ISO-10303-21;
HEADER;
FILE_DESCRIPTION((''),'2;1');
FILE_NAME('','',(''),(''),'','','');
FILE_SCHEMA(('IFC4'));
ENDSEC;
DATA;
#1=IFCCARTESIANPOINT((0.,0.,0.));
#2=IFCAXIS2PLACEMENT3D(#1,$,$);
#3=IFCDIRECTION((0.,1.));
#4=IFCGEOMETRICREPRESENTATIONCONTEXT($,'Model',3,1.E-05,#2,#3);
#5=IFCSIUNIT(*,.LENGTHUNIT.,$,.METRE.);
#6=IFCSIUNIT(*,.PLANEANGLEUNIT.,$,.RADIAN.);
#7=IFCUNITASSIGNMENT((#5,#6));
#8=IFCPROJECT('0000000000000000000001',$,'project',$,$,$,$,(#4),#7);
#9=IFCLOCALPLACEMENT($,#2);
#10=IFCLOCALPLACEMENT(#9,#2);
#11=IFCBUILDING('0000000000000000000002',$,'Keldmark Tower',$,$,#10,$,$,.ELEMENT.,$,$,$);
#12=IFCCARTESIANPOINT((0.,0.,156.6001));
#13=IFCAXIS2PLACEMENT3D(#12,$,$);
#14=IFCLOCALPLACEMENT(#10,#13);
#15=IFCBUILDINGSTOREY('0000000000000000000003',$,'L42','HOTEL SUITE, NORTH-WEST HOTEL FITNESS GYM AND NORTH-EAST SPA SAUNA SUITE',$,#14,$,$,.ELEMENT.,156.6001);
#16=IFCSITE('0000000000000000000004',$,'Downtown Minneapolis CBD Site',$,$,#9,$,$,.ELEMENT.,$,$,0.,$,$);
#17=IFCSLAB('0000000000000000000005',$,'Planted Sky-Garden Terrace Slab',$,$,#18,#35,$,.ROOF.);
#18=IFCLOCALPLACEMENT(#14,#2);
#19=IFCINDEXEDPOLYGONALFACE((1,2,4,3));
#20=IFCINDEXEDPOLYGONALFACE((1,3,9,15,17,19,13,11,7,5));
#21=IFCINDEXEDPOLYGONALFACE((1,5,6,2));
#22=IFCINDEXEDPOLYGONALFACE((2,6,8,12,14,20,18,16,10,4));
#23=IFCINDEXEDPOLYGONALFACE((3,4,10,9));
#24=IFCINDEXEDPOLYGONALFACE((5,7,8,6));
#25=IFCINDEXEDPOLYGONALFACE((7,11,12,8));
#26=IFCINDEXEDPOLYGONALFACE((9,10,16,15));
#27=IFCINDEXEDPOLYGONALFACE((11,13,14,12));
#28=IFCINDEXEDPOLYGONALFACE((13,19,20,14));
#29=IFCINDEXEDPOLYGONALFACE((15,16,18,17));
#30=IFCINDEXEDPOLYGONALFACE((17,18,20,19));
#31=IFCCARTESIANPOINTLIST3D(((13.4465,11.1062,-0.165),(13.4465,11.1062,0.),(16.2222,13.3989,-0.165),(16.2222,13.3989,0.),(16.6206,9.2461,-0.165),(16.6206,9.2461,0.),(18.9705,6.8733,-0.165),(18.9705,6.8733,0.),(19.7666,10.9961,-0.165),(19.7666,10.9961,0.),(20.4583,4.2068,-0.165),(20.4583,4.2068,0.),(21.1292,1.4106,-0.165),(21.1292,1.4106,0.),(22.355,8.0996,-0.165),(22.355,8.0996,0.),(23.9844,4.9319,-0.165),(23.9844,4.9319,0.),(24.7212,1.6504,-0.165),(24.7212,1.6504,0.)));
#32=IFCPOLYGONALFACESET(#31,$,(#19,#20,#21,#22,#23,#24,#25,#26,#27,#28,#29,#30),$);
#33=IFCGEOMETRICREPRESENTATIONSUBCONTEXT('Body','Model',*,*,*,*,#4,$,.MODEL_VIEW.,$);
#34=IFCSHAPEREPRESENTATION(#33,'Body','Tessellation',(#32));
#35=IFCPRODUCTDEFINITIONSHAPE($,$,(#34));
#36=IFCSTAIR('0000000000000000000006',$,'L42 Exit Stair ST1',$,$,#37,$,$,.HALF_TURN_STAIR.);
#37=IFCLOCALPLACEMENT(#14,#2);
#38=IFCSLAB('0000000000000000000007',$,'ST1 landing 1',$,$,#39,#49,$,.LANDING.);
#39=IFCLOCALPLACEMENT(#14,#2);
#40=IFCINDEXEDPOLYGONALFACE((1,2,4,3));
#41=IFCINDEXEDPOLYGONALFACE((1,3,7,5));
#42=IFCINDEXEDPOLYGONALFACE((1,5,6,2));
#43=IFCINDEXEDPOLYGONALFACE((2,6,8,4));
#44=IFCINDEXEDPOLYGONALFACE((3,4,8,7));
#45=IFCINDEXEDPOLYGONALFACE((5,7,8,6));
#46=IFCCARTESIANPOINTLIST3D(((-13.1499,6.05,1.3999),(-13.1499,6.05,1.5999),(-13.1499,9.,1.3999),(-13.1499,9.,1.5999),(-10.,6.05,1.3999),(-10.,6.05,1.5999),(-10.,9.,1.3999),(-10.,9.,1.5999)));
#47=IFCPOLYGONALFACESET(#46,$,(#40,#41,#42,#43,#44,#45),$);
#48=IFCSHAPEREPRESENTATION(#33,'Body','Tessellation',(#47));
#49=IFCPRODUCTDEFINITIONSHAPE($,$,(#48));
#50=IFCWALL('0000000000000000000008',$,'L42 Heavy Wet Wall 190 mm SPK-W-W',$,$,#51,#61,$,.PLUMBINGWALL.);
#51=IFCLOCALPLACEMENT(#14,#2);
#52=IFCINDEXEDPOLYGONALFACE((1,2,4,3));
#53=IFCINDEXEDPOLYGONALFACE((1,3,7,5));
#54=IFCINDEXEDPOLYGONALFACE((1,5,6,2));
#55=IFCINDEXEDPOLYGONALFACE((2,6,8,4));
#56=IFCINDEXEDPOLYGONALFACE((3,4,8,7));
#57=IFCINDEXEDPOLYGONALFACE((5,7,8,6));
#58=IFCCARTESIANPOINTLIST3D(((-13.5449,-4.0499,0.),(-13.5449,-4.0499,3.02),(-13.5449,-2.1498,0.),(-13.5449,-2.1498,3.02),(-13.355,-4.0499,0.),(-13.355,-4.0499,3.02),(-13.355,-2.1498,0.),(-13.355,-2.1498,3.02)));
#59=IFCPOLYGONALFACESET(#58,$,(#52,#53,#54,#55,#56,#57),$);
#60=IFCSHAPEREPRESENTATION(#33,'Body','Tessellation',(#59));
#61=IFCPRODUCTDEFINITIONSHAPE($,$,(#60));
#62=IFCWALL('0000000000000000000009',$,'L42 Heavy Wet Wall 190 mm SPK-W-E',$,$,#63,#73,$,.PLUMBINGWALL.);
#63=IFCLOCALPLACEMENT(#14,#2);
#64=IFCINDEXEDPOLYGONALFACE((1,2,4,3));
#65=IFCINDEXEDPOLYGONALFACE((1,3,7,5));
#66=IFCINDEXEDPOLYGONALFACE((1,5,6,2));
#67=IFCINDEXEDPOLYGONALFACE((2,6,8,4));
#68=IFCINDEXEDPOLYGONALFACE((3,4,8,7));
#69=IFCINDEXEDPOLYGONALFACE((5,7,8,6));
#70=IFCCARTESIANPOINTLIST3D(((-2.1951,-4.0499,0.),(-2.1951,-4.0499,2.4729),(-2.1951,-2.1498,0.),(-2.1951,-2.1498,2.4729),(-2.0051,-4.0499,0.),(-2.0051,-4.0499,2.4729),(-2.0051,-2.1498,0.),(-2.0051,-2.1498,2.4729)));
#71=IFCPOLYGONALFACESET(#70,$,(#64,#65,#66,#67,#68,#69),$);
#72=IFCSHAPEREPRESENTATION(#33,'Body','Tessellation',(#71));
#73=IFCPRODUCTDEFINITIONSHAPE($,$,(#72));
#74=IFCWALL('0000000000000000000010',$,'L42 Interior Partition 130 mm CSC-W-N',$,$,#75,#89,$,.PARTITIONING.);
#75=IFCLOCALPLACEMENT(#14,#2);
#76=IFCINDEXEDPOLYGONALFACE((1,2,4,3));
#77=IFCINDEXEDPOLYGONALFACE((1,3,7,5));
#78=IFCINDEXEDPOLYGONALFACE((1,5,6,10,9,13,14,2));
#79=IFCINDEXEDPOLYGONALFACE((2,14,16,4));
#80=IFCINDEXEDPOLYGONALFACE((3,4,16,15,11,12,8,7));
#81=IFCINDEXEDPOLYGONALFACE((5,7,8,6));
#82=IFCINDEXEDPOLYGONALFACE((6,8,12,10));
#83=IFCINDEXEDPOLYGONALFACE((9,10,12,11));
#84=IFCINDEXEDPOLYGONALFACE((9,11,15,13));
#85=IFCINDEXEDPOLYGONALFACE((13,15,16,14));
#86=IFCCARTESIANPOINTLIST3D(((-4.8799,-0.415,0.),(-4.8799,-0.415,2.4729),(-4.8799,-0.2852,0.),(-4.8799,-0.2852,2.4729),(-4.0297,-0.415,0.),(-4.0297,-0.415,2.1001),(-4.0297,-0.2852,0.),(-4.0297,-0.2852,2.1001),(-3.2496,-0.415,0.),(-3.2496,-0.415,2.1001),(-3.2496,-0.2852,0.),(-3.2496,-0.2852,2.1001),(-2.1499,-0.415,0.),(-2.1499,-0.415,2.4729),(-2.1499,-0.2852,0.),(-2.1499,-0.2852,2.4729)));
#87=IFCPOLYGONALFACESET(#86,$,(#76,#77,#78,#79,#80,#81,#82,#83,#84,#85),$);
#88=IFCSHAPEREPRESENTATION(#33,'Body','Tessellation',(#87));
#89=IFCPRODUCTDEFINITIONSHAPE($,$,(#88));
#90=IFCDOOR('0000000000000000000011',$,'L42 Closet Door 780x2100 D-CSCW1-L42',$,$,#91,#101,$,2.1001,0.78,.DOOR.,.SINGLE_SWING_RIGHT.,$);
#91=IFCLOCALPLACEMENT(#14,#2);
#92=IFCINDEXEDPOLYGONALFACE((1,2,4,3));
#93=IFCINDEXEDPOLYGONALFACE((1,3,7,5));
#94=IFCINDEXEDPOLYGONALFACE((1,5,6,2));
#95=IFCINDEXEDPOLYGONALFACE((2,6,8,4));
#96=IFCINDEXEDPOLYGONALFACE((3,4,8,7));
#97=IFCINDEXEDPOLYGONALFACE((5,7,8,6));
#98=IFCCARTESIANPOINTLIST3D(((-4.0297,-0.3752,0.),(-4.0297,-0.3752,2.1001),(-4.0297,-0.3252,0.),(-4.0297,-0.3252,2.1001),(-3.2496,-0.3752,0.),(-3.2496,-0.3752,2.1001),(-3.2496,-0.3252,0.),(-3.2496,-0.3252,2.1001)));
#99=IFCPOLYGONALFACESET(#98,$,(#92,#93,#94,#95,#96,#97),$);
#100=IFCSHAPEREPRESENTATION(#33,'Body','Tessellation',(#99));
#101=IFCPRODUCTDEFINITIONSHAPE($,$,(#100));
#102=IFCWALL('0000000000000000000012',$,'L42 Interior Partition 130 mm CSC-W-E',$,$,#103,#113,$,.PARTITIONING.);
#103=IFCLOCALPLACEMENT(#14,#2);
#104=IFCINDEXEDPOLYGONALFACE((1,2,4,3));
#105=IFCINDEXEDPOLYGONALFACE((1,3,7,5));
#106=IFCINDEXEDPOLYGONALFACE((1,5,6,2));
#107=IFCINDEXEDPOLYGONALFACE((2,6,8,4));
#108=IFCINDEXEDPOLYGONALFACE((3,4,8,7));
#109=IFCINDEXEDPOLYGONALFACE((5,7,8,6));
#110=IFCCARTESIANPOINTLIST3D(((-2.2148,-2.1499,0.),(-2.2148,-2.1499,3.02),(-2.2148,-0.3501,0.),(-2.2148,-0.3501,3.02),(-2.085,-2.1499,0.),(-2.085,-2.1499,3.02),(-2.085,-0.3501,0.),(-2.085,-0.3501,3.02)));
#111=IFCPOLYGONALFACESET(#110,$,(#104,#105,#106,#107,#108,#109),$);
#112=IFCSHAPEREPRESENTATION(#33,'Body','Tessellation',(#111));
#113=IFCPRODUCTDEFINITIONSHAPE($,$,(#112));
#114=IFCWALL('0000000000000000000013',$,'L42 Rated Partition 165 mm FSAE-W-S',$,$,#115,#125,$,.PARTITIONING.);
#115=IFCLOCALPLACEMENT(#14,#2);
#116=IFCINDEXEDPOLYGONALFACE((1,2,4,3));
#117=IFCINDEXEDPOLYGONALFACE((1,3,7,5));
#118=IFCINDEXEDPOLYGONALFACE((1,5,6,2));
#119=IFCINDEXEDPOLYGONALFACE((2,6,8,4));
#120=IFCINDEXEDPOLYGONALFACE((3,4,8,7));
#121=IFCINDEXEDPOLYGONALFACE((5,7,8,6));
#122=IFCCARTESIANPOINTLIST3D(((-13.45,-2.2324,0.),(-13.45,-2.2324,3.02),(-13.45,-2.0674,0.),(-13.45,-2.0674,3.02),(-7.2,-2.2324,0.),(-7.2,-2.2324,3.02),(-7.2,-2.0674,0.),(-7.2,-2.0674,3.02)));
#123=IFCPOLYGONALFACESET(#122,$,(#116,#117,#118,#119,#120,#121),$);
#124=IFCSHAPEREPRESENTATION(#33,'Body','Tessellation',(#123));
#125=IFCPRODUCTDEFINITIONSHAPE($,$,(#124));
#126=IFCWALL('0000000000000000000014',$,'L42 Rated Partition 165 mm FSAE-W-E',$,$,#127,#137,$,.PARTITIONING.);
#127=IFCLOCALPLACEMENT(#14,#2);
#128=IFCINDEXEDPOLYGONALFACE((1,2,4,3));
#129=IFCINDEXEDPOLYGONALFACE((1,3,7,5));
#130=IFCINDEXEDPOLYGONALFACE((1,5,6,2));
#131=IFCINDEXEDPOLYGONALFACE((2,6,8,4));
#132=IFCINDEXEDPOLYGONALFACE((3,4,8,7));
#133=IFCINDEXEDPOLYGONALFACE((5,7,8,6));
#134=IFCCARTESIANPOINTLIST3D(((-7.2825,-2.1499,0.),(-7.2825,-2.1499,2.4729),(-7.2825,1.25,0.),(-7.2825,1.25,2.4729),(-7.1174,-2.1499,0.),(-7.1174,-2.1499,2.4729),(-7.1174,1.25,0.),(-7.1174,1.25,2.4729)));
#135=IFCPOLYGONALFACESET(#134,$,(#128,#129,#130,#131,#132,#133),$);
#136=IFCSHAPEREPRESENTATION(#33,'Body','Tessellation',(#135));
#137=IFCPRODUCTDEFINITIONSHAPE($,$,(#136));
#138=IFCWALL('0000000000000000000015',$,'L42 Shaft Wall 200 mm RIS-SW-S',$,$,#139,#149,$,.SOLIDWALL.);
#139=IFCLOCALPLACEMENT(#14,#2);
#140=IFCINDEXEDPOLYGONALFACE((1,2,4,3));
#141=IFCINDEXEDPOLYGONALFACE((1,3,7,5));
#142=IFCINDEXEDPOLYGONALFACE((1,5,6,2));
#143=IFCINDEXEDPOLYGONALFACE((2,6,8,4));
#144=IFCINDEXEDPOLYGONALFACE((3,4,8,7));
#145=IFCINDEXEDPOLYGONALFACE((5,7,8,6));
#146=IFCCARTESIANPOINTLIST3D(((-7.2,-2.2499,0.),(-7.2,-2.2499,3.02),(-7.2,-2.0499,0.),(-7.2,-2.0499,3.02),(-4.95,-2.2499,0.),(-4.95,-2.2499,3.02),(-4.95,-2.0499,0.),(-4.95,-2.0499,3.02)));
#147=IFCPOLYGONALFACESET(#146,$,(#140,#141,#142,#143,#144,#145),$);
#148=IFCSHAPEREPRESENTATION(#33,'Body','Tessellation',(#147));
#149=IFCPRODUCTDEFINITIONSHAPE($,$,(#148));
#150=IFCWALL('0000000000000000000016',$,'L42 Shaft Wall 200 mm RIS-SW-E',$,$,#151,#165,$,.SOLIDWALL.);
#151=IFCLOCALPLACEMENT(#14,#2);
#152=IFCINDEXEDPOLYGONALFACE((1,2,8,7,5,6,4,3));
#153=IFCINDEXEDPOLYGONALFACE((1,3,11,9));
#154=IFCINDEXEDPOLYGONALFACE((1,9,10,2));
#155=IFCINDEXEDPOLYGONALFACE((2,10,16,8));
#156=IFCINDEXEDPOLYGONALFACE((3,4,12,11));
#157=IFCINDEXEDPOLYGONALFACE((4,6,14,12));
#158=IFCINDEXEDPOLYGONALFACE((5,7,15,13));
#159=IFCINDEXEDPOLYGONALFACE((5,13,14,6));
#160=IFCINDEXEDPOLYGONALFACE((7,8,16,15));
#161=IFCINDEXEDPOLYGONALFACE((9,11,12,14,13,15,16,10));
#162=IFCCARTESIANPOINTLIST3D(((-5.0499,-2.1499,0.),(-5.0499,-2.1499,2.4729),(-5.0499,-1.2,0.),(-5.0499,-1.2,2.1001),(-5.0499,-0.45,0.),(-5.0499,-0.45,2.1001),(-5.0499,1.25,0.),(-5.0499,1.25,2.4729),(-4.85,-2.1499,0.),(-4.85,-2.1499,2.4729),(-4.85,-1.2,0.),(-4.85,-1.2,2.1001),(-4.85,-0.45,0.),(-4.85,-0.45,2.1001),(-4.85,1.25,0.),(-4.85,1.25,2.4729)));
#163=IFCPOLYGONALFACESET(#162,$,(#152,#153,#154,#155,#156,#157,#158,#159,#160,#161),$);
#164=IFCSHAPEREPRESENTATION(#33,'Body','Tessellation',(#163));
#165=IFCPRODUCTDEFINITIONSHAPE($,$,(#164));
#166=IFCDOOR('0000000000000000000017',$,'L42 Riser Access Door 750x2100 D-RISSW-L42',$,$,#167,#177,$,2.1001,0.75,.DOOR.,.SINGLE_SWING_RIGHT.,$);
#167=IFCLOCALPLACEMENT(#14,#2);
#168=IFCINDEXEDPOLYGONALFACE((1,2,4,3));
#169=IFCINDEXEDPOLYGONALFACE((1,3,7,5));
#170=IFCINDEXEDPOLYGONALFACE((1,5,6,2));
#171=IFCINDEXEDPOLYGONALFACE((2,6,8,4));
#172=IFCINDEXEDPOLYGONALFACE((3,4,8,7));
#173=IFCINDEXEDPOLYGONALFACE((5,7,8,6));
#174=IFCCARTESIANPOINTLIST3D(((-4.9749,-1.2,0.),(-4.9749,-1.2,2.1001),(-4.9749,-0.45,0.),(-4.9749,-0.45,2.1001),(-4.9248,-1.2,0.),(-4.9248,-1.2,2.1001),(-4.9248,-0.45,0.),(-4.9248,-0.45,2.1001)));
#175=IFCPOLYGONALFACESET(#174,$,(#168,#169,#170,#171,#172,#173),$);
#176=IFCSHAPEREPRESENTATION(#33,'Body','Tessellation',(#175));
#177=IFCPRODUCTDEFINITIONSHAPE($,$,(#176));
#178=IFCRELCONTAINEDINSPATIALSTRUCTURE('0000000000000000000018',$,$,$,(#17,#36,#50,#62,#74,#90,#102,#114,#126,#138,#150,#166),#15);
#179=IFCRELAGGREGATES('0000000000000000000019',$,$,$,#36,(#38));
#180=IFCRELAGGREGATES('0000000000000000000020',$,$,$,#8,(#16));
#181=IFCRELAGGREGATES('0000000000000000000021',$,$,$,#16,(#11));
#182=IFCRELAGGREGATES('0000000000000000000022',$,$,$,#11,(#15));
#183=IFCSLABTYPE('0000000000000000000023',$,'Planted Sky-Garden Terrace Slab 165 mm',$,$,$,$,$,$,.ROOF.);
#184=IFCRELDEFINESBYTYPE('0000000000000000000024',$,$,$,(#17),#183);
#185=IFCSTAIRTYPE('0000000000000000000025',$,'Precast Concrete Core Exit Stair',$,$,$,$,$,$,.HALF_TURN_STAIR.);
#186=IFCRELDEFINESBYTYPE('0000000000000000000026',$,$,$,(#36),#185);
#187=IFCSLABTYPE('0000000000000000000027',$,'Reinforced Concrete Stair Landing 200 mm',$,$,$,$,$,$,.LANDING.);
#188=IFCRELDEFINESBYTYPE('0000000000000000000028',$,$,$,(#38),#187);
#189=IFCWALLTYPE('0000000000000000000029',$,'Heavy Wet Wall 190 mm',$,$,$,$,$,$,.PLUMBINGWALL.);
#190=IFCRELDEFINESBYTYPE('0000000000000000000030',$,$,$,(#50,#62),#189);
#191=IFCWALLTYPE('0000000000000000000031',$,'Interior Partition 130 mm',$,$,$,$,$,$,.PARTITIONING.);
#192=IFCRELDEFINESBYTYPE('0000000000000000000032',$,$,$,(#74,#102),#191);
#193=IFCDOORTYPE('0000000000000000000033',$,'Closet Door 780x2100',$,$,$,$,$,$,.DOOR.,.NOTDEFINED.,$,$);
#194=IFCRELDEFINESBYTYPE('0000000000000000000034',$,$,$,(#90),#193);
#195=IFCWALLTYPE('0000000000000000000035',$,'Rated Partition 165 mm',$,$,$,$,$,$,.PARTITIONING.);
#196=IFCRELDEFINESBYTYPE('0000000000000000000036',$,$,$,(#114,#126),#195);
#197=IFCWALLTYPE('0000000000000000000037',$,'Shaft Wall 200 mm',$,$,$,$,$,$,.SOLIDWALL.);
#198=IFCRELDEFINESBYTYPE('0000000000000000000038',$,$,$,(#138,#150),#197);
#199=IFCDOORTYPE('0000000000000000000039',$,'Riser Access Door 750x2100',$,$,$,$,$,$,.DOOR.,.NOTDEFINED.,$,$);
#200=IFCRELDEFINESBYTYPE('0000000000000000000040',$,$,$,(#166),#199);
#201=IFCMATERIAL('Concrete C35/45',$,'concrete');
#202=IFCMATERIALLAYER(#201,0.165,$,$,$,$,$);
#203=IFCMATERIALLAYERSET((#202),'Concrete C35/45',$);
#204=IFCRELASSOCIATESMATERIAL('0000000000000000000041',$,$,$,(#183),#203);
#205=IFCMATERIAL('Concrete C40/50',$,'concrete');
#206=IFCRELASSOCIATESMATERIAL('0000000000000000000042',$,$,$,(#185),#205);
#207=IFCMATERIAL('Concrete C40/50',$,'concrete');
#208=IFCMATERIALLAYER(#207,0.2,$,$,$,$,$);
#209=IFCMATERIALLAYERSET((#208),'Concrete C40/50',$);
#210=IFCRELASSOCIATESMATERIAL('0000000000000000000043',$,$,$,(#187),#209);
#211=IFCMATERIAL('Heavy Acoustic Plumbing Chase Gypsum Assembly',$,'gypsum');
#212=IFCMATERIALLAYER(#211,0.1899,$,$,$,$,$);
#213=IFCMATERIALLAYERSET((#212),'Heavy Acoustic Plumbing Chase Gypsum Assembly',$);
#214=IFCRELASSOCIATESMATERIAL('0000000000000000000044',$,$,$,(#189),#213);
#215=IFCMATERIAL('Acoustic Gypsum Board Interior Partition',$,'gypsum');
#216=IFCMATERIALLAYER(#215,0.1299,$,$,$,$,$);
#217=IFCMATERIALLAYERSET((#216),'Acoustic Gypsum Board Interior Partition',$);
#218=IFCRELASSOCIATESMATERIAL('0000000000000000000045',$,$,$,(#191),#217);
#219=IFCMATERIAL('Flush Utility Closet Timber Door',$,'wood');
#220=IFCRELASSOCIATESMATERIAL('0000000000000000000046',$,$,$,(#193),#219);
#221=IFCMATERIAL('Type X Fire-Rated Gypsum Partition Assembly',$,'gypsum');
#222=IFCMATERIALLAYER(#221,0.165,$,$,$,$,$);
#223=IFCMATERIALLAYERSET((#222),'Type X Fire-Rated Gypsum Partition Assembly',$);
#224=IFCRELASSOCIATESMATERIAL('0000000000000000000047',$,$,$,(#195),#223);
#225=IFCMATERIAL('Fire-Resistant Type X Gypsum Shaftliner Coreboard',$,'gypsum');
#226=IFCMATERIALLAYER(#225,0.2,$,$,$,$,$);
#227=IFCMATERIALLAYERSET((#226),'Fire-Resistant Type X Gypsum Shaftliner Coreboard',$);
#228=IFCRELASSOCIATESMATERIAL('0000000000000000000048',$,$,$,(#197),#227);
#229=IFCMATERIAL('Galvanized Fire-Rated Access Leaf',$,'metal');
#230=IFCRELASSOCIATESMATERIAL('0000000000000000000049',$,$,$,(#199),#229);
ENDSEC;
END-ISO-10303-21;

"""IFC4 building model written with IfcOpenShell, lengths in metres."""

from ifc_helpers import new_model, si_unit, direction, frame, frame_2d, origin, place, context, subcontext, project, spatial, polyline, rectangle, outline, extrude, material, layer, layer_set, type_object, element, fill, aggregate, save


model = new_model("IFC4")

# Units and contexts
model_context = context("Model", 3, precision=1e-05, world=origin(), true_north=direction((0.0, 1.0)))
body_context = subcontext(model_context, "Body", "Model", "MODEL_VIEW")
ifc_project = project(units=[si_unit("LENGTHUNIT", "METRE"), si_unit("PLANEANGLEUNIT", "RADIAN")], contexts=[model_context])

# Site, building, storey
site_placement = place(None, origin())
site = spatial("IfcSite", under=ifc_project, at=site_placement, Name="Downtown Minneapolis CBD Site", CompositionType="ELEMENT", RefElevation=0.0)
building_placement = place(site_placement, origin())
building = spatial("IfcBuilding", under=site, at=building_placement, Name="Keldmark Tower", CompositionType="ELEMENT")
storey_placement = place(building_placement, frame((0.0, 0.0, 156.6001)))
storey = spatial("IfcBuildingStorey", under=building, at=storey_placement, Name="L42", Description="HOTEL SUITE, NORTH-WEST HOTEL FITNESS GYM AND NORTH-EAST SPA SAUNA SUITE", CompositionType="ELEMENT", Elevation=156.6001)

# Slab
ifc_material_1 = material(Name="Concrete C35/45", Category="concrete")
ifc_layer_1 = layer(ifc_material_1, 0.165)
ifc_layer_set_1 = layer_set([ifc_layer_1], Name="Concrete C35/45")
slab_type_1 = type_object("IfcSlabType", Name="Planted Sky-Garden Terrace Slab 165 mm", PredefinedType="ROOF", material=ifc_layer_set_1)
slab_1_placement = place(storey_placement, frame((0.0, 0.0, -0.165)))
element("IfcSlab", 1, at=slab_1_placement, inside=storey, type_object=slab_type_1, Name="Planted Sky-Garden Terrace Slab", PredefinedType="ROOF", context=body_context, shape_type="SweptSolid", body=[
    extrude(outline(polyline([(24.7212, 1.6504), (23.9844, 4.9319), (22.355, 8.0996), (19.7666, 10.9961), (16.2222, 13.3989), (13.4465, 11.1062), (16.6206, 9.2461), (18.9705, 6.8733), (20.4583, 4.2068), (21.1292, 1.4106), (24.7212, 1.6504)])), origin(), (0.0, 0.0, 1.0), 0.165),
])

# Stair, slab
ifc_material_2 = material(Name="Concrete C40/50", Category="concrete")
stair_type = type_object("IfcStairType", Name="Precast Concrete Core Exit Stair", PredefinedType="HALF_TURN_STAIR", material=ifc_material_2)
stair_placement = place(storey_placement, origin())
stair = element("IfcStair", 2, at=stair_placement, inside=storey, type_object=stair_type, Name="L42 Exit Stair ST1", PredefinedType="HALF_TURN_STAIR")
ifc_material_3 = material(Name="Concrete C40/50", Category="concrete")
ifc_layer_2 = layer(ifc_material_3, 0.2)
ifc_layer_set_2 = layer_set([ifc_layer_2], Name="Concrete C40/50")
slab_type_2 = type_object("IfcSlabType", Name="Reinforced Concrete Stair Landing 200 mm", PredefinedType="LANDING", material=ifc_layer_set_2)
slab_2_placement = place(storey_placement, frame((0.0, 0.0, 1.3999)))
slab_2 = element("IfcSlab", 3, at=slab_2_placement, type_object=slab_type_2, Name="ST1 landing 1", PredefinedType="LANDING", context=body_context, shape_type="SweptSolid", body=[
    extrude(outline(polyline([(-10.0, 6.05), (-10.0, 9.0), (-13.1499, 9.0), (-13.1499, 6.05), (-10.0, 6.05)])), origin(), (0.0, 0.0, 1.0), 0.2),
])
aggregate(stair, [slab_2])

# Walls
ifc_material_4 = material(Name="Heavy Acoustic Plumbing Chase Gypsum Assembly", Category="gypsum")
ifc_layer_3 = layer(ifc_material_4, 0.1899)
ifc_layer_set_3 = layer_set([ifc_layer_3], Name="Heavy Acoustic Plumbing Chase Gypsum Assembly")
wall_type_1 = type_object("IfcWallType", Name="Heavy Wet Wall 190 mm", PredefinedType="PLUMBINGWALL", material=ifc_layer_set_3)
wall_1_placement = place(storey_placement, frame((-13.45, -4.05, 0.0), z_axis=(0.0, 0.0, 1.0), x_axis=(0.0, 1.0, 0.0)))
element("IfcWall", 4, at=wall_1_placement, inside=storey, type_object=wall_type_1, Name="L42 Heavy Wet Wall 190 mm SPK-W-W", PredefinedType="PLUMBINGWALL", context=body_context, shape_type="SweptSolid", body=[
    extrude(rectangle(XDim=1.9001, YDim=0.1899, at=frame_2d((0.9502, 0.0))), origin(), (0.0, 0.0, 1.0), 3.02),
])
wall_2_placement = place(storey_placement, frame((-2.1001, -4.05, 0.0), z_axis=(0.0, 0.0, 1.0), x_axis=(0.0, 1.0, 0.0)))
element("IfcWall", 5, at=wall_2_placement, inside=storey, type_object=wall_type_1, Name="L42 Heavy Wet Wall 190 mm SPK-W-E", PredefinedType="PLUMBINGWALL", context=body_context, shape_type="SweptSolid", body=[
    extrude(rectangle(XDim=1.9001, YDim=0.1899, at=frame_2d((0.9502, 0.0))), origin(), (0.0, 0.0, 1.0), 2.4729),
])

# Wall, opening, door
ifc_material_5 = material(Name="Acoustic Gypsum Board Interior Partition", Category="gypsum")
ifc_layer_4 = layer(ifc_material_5, 0.1299)
ifc_layer_set_4 = layer_set([ifc_layer_4], Name="Acoustic Gypsum Board Interior Partition")
wall_type_2 = type_object("IfcWallType", Name="Interior Partition 130 mm", PredefinedType="PARTITIONING", material=ifc_layer_set_4)
wall_3_placement = place(storey_placement, frame((-4.8799, -0.3501, 0.0), z_axis=(0.0, 0.0, 1.0), x_axis=(1.0, 0.0, 0.0)))
wall_3 = element("IfcWall", 6, at=wall_3_placement, inside=storey, type_object=wall_type_2, Name="L42 Interior Partition 130 mm CSC-W-N", PredefinedType="PARTITIONING", context=body_context, shape_type="SweptSolid", body=[
    extrude(rectangle(XDim=2.73, YDim=0.1299, at=frame_2d((1.365, 0.0))), origin(), (0.0, 0.0, 1.0), 2.4729),
])
opening_1_placement = place(wall_3_placement, frame((0.8501, 0.0, 0.0)))
opening_1 = element("IfcOpeningElement", 7, at=opening_1_placement, cuts=wall_3, PredefinedType="OPENING", context=body_context, shape_type="SweptSolid", body=[
    extrude(rectangle(XDim=0.78, YDim=2.1001, at=frame_2d((0.3901, 1.05))), frame((0.0, 0.075, 0.0), z_axis=(0.0, -1.0, 0.0), x_axis=(1.0, 0.0, 0.0)), (0.0, 0.0, 1.0), 0.1499),
])
ifc_material_6 = material(Name="Flush Utility Closet Timber Door", Category="wood")
door_type_1 = type_object("IfcDoorType", Name="Closet Door 780x2100", OperationType="NOTDEFINED", PredefinedType="DOOR", material=ifc_material_6)
door_1_placement = place(opening_1_placement, origin())
door_1 = element("IfcDoor", 8, at=door_1_placement, inside=storey, type_object=door_type_1, Name="L42 Closet Door 780x2100 D-CSCW1-L42", OperationType="SINGLE_SWING_RIGHT", OverallHeight=2.1001, OverallWidth=0.78, PredefinedType="DOOR", context=body_context, shape_type="SweptSolid", body=[
    extrude(rectangle(XDim=0.78, YDim=2.1001, at=frame_2d((0.3901, 1.05))), frame((0.0, 0.0249, 0.0), z_axis=(0.0, -1.0, 0.0), x_axis=(1.0, 0.0, 0.0)), (0.0, 0.0, 1.0), 0.05),
])
fill(opening_1, door_1)

# Walls
wall_4_placement = place(storey_placement, frame((-2.1499, -2.1499, 0.0), z_axis=(0.0, 0.0, 1.0), x_axis=(0.0, 1.0, 0.0)))
element("IfcWall", 9, at=wall_4_placement, inside=storey, type_object=wall_type_2, Name="L42 Interior Partition 130 mm CSC-W-E", PredefinedType="PARTITIONING", context=body_context, shape_type="SweptSolid", body=[
    extrude(rectangle(XDim=1.7998, YDim=0.1299, at=frame_2d((0.8999, 0.0))), origin(), (0.0, 0.0, 1.0), 3.02),
])
ifc_material_7 = material(Name="Type X Fire-Rated Gypsum Partition Assembly", Category="gypsum")
ifc_layer_5 = layer(ifc_material_7, 0.165)
ifc_layer_set_5 = layer_set([ifc_layer_5], Name="Type X Fire-Rated Gypsum Partition Assembly")
wall_type_3 = type_object("IfcWallType", Name="Rated Partition 165 mm", PredefinedType="PARTITIONING", material=ifc_layer_set_5)
wall_5_placement = place(storey_placement, frame((-13.45, -2.1499, 0.0), z_axis=(0.0, 0.0, 1.0), x_axis=(1.0, 0.0, 0.0)))
element("IfcWall", 10, at=wall_5_placement, inside=storey, type_object=wall_type_3, Name="L42 Rated Partition 165 mm FSAE-W-S", PredefinedType="PARTITIONING", context=body_context, shape_type="SweptSolid", body=[
    extrude(rectangle(XDim=6.25, YDim=0.165, at=frame_2d((3.125, 0.0))), origin(), (0.0, 0.0, 1.0), 3.02),
])

# Walls
wall_6_placement = place(storey_placement, frame((-7.2, -2.1499, 0.0), z_axis=(0.0, 0.0, 1.0), x_axis=(0.0, 1.0, 0.0)))
element("IfcWall", 11, at=wall_6_placement, inside=storey, type_object=wall_type_3, Name="L42 Rated Partition 165 mm FSAE-W-E", PredefinedType="PARTITIONING", context=body_context, shape_type="SweptSolid", body=[
    extrude(rectangle(XDim=3.3999, YDim=0.165, at=frame_2d((1.7, 0.0))), origin(), (0.0, 0.0, 1.0), 2.4729),
])
ifc_material_8 = material(Name="Fire-Resistant Type X Gypsum Shaftliner Coreboard", Category="gypsum")
ifc_layer_6 = layer(ifc_material_8, 0.2)
ifc_layer_set_6 = layer_set([ifc_layer_6], Name="Fire-Resistant Type X Gypsum Shaftliner Coreboard")
wall_type_4 = type_object("IfcWallType", Name="Shaft Wall 200 mm", PredefinedType="SOLIDWALL", material=ifc_layer_set_6)
wall_7_placement = place(storey_placement, frame((-7.2, -2.1499, 0.0), z_axis=(0.0, 0.0, 1.0), x_axis=(1.0, 0.0, 0.0)))
element("IfcWall", 12, at=wall_7_placement, inside=storey, type_object=wall_type_4, Name="L42 Shaft Wall 200 mm RIS-SW-S", PredefinedType="SOLIDWALL", context=body_context, shape_type="SweptSolid", body=[
    extrude(rectangle(XDim=2.25, YDim=0.2, at=frame_2d((1.125, 0.0))), origin(), (0.0, 0.0, 1.0), 3.02),
])

# Wall, opening, door
wall_8_placement = place(storey_placement, frame((-4.95, -2.1499, 0.0), z_axis=(0.0, 0.0, 1.0), x_axis=(0.0, 1.0, 0.0)))
wall_8 = element("IfcWall", 13, at=wall_8_placement, inside=storey, type_object=wall_type_4, Name="L42 Shaft Wall 200 mm RIS-SW-E", PredefinedType="SOLIDWALL", context=body_context, shape_type="SweptSolid", body=[
    extrude(rectangle(XDim=3.3999, YDim=0.2, at=frame_2d((1.7, 0.0))), origin(), (0.0, 0.0, 1.0), 2.4729),
])
opening_2_placement = place(wall_8_placement, frame((0.95, 0.0, 0.0)))
opening_2 = element("IfcOpeningElement", 14, at=opening_2_placement, cuts=wall_8, PredefinedType="OPENING", context=body_context, shape_type="SweptSolid", body=[
    extrude(rectangle(XDim=0.75, YDim=2.1001, at=frame_2d((0.375, 1.05))), frame((0.0, 0.1099, 0.0), z_axis=(0.0, -1.0, 0.0), x_axis=(1.0, 0.0, 0.0)), (0.0, 0.0, 1.0), 0.22),
])
ifc_material_9 = material(Name="Galvanized Fire-Rated Access Leaf", Category="metal")
door_type_2 = type_object("IfcDoorType", Name="Riser Access Door 750x2100", OperationType="NOTDEFINED", PredefinedType="DOOR", material=ifc_material_9)
door_2_placement = place(opening_2_placement, origin())
door_2 = element("IfcDoor", 15, at=door_2_placement, inside=storey, type_object=door_type_2, Name="L42 Riser Access Door 750x2100 D-RISSW-L42", OperationType="SINGLE_SWING_RIGHT", OverallHeight=2.1001, OverallWidth=0.75, PredefinedType="DOOR", context=body_context, shape_type="SweptSolid", body=[
    extrude(rectangle(XDim=0.75, YDim=2.1001, at=frame_2d((0.375, 1.05))), frame((0.0, 0.0249, 0.0), z_axis=(0.0, -1.0, 0.0), x_axis=(1.0, 0.0, 0.0)), (0.0, 0.0, 1.0), 0.05),
])
fill(opening_2, door_2)

save(model, "model.ifc")
